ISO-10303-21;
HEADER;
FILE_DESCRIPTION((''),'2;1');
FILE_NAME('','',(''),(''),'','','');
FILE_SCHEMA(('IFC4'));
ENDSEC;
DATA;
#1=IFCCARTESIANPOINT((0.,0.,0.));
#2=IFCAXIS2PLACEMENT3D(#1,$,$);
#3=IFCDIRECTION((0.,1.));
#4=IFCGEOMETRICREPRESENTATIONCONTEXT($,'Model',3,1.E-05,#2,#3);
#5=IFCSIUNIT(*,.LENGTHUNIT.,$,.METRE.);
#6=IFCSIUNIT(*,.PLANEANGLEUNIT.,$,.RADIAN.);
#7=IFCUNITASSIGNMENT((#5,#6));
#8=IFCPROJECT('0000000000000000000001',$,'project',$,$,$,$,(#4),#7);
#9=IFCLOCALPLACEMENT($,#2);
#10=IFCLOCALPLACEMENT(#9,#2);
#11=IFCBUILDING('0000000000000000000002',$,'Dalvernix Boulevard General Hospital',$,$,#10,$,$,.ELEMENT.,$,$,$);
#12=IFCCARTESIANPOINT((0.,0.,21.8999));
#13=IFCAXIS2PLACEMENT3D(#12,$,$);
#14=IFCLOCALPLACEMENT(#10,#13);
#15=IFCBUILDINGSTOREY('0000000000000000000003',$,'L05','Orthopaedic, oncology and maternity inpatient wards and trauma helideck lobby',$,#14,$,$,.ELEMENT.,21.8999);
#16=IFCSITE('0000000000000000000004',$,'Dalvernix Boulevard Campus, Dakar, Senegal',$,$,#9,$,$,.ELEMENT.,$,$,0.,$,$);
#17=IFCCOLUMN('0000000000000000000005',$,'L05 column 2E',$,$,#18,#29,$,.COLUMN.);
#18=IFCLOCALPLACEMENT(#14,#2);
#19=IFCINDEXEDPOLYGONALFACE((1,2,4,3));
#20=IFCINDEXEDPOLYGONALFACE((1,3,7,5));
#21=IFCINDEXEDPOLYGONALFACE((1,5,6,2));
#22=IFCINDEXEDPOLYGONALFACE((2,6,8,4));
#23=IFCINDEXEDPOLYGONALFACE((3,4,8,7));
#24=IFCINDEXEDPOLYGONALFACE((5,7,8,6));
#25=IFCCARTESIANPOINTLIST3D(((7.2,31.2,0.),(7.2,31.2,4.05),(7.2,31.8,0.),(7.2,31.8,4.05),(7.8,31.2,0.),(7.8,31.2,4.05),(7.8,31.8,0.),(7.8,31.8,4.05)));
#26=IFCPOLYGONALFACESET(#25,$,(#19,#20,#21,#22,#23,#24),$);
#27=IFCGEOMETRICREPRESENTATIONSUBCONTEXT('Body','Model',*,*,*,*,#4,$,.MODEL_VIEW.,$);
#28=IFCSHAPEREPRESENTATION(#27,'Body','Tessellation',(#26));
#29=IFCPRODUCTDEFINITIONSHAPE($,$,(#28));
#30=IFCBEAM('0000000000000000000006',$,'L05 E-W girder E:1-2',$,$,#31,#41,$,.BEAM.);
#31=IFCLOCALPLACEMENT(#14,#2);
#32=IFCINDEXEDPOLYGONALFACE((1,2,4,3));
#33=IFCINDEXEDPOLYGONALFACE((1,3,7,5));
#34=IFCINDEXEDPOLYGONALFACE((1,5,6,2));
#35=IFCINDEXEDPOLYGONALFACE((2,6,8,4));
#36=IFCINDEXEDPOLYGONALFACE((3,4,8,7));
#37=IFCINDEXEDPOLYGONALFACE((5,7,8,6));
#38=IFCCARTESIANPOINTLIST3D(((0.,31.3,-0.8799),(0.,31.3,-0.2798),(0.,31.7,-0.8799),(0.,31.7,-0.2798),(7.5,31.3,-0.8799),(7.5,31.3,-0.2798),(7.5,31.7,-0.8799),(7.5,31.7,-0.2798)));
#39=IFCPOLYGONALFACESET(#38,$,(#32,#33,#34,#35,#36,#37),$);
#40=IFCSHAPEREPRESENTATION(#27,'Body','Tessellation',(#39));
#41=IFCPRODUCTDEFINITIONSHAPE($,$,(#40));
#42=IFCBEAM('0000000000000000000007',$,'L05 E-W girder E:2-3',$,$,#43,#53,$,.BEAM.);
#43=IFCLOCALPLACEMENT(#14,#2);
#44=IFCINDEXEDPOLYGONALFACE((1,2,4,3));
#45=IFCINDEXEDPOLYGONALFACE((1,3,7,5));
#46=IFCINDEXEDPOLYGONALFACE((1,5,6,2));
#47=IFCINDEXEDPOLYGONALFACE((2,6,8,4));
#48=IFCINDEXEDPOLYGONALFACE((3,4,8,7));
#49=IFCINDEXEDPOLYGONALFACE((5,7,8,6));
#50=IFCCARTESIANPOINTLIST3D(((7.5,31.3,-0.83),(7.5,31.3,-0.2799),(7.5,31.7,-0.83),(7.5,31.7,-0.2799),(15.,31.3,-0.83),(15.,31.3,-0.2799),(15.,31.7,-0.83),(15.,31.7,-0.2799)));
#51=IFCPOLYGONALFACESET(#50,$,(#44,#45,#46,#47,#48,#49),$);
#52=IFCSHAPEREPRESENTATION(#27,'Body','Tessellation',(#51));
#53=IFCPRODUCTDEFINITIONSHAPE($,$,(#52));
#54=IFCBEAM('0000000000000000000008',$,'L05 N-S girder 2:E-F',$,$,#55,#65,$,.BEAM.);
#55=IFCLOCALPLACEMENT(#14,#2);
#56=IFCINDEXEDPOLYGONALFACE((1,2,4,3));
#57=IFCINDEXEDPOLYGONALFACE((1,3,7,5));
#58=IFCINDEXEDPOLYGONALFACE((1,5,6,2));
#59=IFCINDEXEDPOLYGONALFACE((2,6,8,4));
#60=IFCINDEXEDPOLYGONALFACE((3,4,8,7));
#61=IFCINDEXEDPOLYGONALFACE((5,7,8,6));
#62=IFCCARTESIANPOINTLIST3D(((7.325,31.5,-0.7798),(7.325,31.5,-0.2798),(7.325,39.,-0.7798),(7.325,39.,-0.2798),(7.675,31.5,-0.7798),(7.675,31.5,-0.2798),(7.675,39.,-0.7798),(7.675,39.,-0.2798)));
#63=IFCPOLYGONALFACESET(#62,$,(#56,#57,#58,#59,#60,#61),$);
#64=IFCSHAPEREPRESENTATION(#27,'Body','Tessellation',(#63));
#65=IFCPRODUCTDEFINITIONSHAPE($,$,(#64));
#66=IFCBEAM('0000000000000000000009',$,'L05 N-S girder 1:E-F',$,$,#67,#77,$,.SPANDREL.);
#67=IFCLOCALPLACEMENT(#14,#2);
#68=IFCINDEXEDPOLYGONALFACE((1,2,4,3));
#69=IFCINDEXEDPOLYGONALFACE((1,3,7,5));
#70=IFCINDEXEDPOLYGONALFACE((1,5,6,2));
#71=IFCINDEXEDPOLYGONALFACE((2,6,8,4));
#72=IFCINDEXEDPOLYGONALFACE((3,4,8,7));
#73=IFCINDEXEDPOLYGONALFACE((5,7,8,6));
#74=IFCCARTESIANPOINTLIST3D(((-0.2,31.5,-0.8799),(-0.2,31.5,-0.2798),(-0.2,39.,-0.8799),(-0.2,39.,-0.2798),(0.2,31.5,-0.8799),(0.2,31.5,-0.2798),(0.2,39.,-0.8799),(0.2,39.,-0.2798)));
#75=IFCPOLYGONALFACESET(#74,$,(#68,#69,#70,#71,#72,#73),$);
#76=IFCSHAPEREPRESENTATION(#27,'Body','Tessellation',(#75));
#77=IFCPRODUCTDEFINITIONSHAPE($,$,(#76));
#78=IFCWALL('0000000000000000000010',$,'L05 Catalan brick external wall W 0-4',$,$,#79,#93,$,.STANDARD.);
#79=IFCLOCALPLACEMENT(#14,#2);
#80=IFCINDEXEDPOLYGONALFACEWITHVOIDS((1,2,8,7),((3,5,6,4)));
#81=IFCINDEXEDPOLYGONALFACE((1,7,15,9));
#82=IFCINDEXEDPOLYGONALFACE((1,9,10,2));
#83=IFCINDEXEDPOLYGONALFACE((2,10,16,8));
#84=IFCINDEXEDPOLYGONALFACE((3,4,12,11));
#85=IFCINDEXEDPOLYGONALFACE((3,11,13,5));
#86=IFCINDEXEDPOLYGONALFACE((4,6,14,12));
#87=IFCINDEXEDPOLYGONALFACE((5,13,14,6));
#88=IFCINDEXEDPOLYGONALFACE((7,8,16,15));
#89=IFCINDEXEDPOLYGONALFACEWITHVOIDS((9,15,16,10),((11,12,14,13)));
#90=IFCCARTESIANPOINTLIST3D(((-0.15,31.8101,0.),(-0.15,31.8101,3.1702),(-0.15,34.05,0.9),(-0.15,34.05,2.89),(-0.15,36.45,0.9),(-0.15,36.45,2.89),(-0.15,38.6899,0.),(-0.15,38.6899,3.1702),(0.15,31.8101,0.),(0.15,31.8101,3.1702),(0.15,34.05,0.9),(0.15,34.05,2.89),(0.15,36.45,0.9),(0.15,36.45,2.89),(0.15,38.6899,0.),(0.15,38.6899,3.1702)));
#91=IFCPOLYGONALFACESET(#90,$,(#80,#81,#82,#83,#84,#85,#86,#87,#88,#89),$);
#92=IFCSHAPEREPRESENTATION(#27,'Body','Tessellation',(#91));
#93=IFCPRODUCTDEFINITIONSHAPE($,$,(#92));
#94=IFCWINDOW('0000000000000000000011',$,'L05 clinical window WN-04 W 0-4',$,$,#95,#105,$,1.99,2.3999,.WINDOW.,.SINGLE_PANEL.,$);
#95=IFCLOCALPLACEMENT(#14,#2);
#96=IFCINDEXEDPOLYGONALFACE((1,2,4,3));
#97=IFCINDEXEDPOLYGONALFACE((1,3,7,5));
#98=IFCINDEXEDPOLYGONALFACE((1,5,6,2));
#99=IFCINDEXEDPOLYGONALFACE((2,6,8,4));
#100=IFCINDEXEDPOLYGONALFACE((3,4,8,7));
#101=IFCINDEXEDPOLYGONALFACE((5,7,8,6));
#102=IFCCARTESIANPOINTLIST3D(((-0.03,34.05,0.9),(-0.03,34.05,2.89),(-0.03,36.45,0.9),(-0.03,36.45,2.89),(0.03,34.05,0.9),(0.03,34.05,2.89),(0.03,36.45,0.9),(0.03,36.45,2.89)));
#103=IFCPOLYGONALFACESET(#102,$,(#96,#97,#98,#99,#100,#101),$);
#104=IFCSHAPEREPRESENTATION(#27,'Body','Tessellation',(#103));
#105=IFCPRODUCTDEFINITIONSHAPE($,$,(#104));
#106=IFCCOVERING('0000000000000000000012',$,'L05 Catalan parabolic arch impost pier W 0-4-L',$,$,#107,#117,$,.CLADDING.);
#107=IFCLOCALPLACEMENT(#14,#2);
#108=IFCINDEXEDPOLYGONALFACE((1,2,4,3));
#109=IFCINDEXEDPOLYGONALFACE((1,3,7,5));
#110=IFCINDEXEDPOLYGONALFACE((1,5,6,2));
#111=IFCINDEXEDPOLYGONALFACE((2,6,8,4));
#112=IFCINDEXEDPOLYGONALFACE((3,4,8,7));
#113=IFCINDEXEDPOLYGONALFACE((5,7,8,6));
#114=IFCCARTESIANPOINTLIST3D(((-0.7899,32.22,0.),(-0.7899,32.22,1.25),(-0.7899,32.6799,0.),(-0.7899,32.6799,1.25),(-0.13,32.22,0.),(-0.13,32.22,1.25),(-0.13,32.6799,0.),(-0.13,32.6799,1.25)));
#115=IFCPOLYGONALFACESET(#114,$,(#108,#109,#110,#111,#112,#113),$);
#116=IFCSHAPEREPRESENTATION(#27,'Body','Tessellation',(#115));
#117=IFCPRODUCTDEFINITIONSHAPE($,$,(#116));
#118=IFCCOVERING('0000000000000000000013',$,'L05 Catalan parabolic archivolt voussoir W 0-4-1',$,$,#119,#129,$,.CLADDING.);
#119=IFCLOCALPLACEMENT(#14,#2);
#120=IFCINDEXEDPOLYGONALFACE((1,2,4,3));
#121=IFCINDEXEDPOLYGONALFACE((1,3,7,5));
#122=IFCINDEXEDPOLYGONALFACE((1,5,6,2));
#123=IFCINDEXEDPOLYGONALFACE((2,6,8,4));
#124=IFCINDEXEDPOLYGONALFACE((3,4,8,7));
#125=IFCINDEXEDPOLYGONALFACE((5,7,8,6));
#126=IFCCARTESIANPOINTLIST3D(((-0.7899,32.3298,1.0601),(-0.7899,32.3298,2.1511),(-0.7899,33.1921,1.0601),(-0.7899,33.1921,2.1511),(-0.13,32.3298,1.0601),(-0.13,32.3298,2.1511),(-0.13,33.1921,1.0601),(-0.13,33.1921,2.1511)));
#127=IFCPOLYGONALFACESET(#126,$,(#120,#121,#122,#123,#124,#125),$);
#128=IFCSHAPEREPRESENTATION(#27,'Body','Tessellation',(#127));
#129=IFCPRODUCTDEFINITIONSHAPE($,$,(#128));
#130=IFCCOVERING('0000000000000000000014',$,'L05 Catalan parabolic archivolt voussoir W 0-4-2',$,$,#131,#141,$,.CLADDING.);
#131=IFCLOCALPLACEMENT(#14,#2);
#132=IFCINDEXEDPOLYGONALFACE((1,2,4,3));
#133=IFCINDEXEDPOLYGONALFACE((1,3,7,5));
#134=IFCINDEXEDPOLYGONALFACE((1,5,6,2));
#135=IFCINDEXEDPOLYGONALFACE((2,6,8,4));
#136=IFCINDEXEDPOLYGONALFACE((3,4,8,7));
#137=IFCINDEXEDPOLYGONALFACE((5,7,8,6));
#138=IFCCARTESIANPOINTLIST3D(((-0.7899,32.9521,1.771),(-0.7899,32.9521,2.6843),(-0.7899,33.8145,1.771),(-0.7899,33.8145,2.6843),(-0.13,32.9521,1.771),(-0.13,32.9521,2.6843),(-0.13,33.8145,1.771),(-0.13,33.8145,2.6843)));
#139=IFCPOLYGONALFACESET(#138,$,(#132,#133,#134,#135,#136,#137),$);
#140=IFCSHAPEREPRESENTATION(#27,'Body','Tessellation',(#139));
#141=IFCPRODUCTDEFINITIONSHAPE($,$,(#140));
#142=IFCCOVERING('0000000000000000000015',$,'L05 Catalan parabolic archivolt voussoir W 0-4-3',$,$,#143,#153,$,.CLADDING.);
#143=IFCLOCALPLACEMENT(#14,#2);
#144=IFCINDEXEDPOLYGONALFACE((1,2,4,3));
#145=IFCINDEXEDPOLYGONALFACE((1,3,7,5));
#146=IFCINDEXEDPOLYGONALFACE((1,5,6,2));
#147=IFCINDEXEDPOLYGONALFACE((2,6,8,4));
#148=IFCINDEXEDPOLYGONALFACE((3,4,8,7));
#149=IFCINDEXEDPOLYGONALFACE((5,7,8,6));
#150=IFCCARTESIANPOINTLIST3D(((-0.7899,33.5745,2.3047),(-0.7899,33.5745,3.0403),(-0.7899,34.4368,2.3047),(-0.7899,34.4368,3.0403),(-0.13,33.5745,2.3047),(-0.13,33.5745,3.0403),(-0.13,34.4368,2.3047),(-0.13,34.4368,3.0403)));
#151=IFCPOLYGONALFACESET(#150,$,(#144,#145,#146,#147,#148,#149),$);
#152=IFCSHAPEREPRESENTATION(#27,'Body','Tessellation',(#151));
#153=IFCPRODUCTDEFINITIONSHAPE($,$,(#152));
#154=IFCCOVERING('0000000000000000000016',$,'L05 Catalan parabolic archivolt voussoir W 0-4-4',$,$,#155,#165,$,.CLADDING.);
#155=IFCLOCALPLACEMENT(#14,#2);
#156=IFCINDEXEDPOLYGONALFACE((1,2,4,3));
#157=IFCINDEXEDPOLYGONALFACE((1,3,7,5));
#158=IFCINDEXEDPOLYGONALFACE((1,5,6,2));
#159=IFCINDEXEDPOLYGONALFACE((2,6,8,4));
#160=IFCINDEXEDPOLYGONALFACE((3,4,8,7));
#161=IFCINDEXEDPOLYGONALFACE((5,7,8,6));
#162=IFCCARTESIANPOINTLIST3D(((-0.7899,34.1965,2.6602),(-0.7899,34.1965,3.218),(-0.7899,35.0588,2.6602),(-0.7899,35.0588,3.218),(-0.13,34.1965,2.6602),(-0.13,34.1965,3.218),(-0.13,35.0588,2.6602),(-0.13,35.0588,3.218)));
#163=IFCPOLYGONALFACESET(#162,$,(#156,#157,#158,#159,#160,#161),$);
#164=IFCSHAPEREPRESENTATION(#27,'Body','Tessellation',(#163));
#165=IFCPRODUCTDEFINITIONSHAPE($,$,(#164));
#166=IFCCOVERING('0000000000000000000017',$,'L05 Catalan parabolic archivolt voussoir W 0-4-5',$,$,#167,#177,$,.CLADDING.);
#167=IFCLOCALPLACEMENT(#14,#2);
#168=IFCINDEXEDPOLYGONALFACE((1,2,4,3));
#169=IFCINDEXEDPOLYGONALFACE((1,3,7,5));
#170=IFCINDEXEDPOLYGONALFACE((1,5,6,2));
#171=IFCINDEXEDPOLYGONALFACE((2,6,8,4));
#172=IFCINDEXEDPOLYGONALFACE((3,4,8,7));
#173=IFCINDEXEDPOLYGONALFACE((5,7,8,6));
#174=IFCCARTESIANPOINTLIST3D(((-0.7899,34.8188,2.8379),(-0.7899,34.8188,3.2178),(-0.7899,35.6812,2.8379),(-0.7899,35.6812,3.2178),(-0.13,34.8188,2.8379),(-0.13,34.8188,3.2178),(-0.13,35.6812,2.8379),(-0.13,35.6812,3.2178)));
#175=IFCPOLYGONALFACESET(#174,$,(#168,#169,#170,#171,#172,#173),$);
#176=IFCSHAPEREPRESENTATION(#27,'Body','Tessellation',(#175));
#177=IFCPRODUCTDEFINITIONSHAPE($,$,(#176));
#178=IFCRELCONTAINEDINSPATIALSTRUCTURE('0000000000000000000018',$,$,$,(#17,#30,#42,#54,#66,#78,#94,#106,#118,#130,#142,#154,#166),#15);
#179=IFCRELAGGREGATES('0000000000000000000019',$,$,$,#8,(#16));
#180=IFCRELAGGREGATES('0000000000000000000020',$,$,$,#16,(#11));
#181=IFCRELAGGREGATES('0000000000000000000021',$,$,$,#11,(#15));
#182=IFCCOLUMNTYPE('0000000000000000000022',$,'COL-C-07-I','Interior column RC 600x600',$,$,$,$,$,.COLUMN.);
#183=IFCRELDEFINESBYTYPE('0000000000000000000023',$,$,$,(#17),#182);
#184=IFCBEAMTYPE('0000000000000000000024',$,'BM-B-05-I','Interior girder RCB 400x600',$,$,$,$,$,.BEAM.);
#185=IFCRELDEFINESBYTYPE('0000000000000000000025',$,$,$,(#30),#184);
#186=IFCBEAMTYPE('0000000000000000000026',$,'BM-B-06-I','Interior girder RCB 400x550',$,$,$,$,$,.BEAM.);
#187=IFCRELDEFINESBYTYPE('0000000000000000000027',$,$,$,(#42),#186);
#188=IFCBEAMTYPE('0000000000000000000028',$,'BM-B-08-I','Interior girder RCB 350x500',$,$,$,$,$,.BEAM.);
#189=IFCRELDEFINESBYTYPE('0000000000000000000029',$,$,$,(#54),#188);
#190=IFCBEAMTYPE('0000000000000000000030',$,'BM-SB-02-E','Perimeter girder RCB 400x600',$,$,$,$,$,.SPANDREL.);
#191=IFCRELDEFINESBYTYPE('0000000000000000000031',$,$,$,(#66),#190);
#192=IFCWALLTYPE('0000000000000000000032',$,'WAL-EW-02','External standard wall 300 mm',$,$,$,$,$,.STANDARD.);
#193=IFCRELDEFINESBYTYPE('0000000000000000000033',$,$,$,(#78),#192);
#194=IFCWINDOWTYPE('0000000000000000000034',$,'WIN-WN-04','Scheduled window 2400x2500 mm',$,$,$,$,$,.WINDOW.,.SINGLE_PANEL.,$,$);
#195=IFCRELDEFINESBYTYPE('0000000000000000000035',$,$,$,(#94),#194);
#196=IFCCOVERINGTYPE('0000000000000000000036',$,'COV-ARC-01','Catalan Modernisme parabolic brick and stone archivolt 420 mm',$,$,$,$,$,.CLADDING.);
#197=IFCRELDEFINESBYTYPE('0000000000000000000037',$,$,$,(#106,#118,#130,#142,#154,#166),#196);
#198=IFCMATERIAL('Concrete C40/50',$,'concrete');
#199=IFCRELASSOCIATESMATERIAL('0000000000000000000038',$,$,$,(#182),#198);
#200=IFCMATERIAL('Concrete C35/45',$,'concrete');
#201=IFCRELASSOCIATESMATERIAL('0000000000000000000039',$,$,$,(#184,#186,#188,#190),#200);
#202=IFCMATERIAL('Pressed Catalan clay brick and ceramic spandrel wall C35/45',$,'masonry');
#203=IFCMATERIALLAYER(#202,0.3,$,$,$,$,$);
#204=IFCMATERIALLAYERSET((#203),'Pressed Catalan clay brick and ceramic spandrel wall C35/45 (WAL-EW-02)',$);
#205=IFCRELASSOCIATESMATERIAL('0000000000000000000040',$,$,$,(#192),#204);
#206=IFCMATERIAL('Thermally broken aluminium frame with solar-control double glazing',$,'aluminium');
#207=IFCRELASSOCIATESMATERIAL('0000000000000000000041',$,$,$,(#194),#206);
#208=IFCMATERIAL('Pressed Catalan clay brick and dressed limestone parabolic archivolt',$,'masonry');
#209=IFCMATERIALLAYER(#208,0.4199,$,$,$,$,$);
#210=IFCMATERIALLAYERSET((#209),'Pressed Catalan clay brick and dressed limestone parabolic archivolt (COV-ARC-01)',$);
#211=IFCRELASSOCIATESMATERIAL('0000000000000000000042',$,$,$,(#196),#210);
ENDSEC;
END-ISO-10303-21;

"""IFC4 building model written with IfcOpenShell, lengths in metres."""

from ifc_helpers import new_model, si_unit, direction, frame, frame_2d, origin, origin_2d, place, context, subcontext, project, spatial, rectangle, extrude, material, layer, layer_set, material_profile, profile_set, type_object, element, fill, save


model = new_model("IFC4")

# Units and contexts
model_context = context("Model", 3, precision=1e-05, world=origin(), true_north=direction((0.0, 1.0)))
body_context = subcontext(model_context, "Body", "Model", "MODEL_VIEW")
ifc_project = project(units=[si_unit("LENGTHUNIT", "METRE"), si_unit("PLANEANGLEUNIT", "RADIAN")], contexts=[model_context])

# Site, building, storey
site_placement = place(None, origin())
site = spatial("IfcSite", under=ifc_project, at=site_placement, Name="Dalvernix Boulevard Campus, Dakar, Senegal", CompositionType="ELEMENT", RefElevation=0.0)
building_placement = place(site_placement, origin())
building = spatial("IfcBuilding", under=site, at=building_placement, Name="Dalvernix Boulevard General Hospital", CompositionType="ELEMENT")
storey_placement = place(building_placement, frame((0.0, 0.0, 21.8999)))
storey = spatial("IfcBuildingStorey", under=building, at=storey_placement, Name="L05", Description="Orthopaedic, oncology and maternity inpatient wards and trauma helideck lobby", CompositionType="ELEMENT", Elevation=21.8999)

# Column
ifc_material_1 = material(Name="Concrete C40/50", Category="concrete")
ifc_material_profile_1 = material_profile(ifc_material_1, rectangle(XDim=0.6001, YDim=0.6001, at=origin_2d()), Name="RC 600x600")
ifc_profile_set_1 = profile_set([ifc_material_profile_1], Name="Concrete C40/50")
column_type = type_object("IfcColumnType", Name="COL-C-07-I", Description="Interior column RC 600x600", PredefinedType="COLUMN", material=ifc_profile_set_1)
column_placement = place(storey_placement, frame((7.5, 31.5, 0.0), z_axis=(0.0, 0.0, 1.0), x_axis=(1.0, 0.0, 0.0)))
element("IfcColumn", 1, at=column_placement, inside=storey, type_object=column_type, Name="L05 column 2E", PredefinedType="COLUMN", context=body_context, shape_type="SweptSolid", body=[
    extrude(rectangle(XDim=0.6001, YDim=0.6001, at=origin_2d()), origin(), (0.0, 0.0, 1.0), 4.05),
])

# Beams
ifc_material_2 = material(Name="Concrete C35/45", Category="concrete")
ifc_material_profile_2 = material_profile(ifc_material_2, rectangle(XDim=0.3999, YDim=0.6001, at=origin_2d()), Name="RCB 400x600")
ifc_profile_set_2 = profile_set([ifc_material_profile_2], Name="Concrete C35/45")
beam_type_1 = type_object("IfcBeamType", Name="BM-B-05-I", Description="Interior girder RCB 400x600", PredefinedType="BEAM", material=ifc_profile_set_2)
beam_1_placement = place(storey_placement, frame((0.0, 31.5, -0.5798), z_axis=(1.0, 0.0, 0.0), x_axis=(0.0, 1.0, 0.0)))
element("IfcBeam", 2, at=beam_1_placement, inside=storey, type_object=beam_type_1, Name="L05 E-W girder E:1-2", PredefinedType="BEAM", context=body_context, shape_type="SweptSolid", body=[
    extrude(rectangle(XDim=0.3999, YDim=0.6001, at=origin_2d()), origin(), (0.0, 0.0, 1.0), 7.5),
])
ifc_material_profile_3 = material_profile(ifc_material_2, rectangle(XDim=0.3999, YDim=0.55, at=origin_2d()), Name="RCB 400x550")
ifc_profile_set_3 = profile_set([ifc_material_profile_3], Name="Concrete C35/45")
beam_type_2 = type_object("IfcBeamType", Name="BM-B-06-I", Description="Interior girder RCB 400x550", PredefinedType="BEAM", material=ifc_profile_set_3)
beam_2_placement = place(storey_placement, frame((7.5, 31.5, -0.5549), z_axis=(1.0, 0.0, 0.0), x_axis=(0.0, 1.0, 0.0)))
element("IfcBeam", 3, at=beam_2_placement, inside=storey, type_object=beam_type_2, Name="L05 E-W girder E:2-3", PredefinedType="BEAM", context=body_context, shape_type="SweptSolid", body=[
    extrude(rectangle(XDim=0.3999, YDim=0.55, at=origin_2d()), origin(), (0.0, 0.0, 1.0), 7.5),
])
ifc_material_profile_4 = material_profile(ifc_material_2, rectangle(XDim=0.3501, YDim=0.5, at=origin_2d()), Name="RCB 350x500")
ifc_profile_set_4 = profile_set([ifc_material_profile_4], Name="Concrete C35/45")
beam_type_3 = type_object("IfcBeamType", Name="BM-B-08-I", Description="Interior girder RCB 350x500", PredefinedType="BEAM", material=ifc_profile_set_4)
beam_3_placement = place(storey_placement, frame((7.5, 31.5, -0.5298), z_axis=(0.0, 1.0, 0.0), x_axis=(-1.0, 0.0, 0.0)))
element("IfcBeam", 4, at=beam_3_placement, inside=storey, type_object=beam_type_3, Name="L05 N-S girder 2:E-F", PredefinedType="BEAM", context=body_context, shape_type="SweptSolid", body=[
    extrude(rectangle(XDim=0.3501, YDim=0.5, at=origin_2d()), origin(), (0.0, 0.0, 1.0), 7.5),
])
ifc_material_profile_5 = material_profile(ifc_material_2, rectangle(XDim=0.3999, YDim=0.6001, at=origin_2d()), Name="RCB 400x600")
ifc_profile_set_5 = profile_set([ifc_material_profile_5], Name="Concrete C35/45")
beam_type_4 = type_object("IfcBeamType", Name="BM-SB-02-E", Description="Perimeter girder RCB 400x600", PredefinedType="SPANDREL", material=ifc_profile_set_5)
beam_4_placement = place(storey_placement, frame((0.0, 31.5, -0.5798), z_axis=(0.0, 1.0, 0.0), x_axis=(-1.0, 0.0, 0.0)))
element("IfcBeam", 5, at=beam_4_placement, inside=storey, type_object=beam_type_4, Name="L05 N-S girder 1:E-F", PredefinedType="SPANDREL", context=body_context, shape_type="SweptSolid", body=[
    extrude(rectangle(XDim=0.3999, YDim=0.6001, at=origin_2d()), origin(), (0.0, 0.0, 1.0), 7.5),
])

# Wall, opening, window
ifc_material_3 = material(Name="Pressed Catalan clay brick and ceramic spandrel wall C35/45", Category="masonry")
ifc_layer_1 = layer(ifc_material_3, 0.3)
ifc_layer_set_1 = layer_set([ifc_layer_1], Name="Pressed Catalan clay brick and ceramic spandrel wall C35/45 (WAL-EW-02)")
wall_type = type_object("IfcWallType", Name="WAL-EW-02", Description="External standard wall 300 mm", PredefinedType="STANDARD", material=ifc_layer_set_1)
wall_placement = place(storey_placement, frame((0.0, 31.8101, 0.0), z_axis=(0.0, 0.0, 1.0), x_axis=(0.0, 1.0, 0.0)))
wall = element("IfcWall", 6, at=wall_placement, inside=storey, type_object=wall_type, Name="L05 Catalan brick external wall W 0-4", PredefinedType="STANDARD", context=body_context, shape_type="SweptSolid", body=[
    extrude(rectangle(XDim=6.8799, YDim=0.3, at=frame_2d((3.4399, 0.0))), origin(), (0.0, 0.0, 1.0), 3.1702),
])
opening_placement = place(wall_placement, frame((2.24, 0.0, 0.8999)))
opening = element("IfcOpeningElement", 7, at=opening_placement, cuts=wall, PredefinedType="OPENING", context=body_context, shape_type="SweptSolid", body=[
    extrude(rectangle(XDim=2.3999, YDim=1.99, at=frame_2d((1.2, 0.9951))), frame((0.0, 0.1599, 0.0), z_axis=(0.0, -1.0, 0.0), x_axis=(1.0, 0.0, 0.0)), (0.0, 0.0, 1.0), 0.3201),
])
ifc_material_4 = material(Name="Thermally broken aluminium frame with solar-control double glazing", Category="aluminium")
window_type = type_object("IfcWindowType", Name="WIN-WN-04", Description="Scheduled window 2400x2500 mm", PartitioningType="SINGLE_PANEL", PredefinedType="WINDOW", material=ifc_material_4)
window_placement = place(opening_placement, origin())
window = element("IfcWindow", 8, at=window_placement, inside=storey, type_object=window_type, Name="L05 clinical window WN-04 W 0-4", OverallHeight=1.99, OverallWidth=2.3999, PartitioningType="SINGLE_PANEL", PredefinedType="WINDOW", context=body_context, shape_type="SweptSolid", body=[
    extrude(rectangle(XDim=2.3999, YDim=1.99, at=frame_2d((1.2, 0.9951))), frame((0.0, 0.03, 0.0), z_axis=(0.0, -1.0, 0.0), x_axis=(1.0, 0.0, 0.0)), (0.0, 0.0, 1.0), 0.0601),
])
fill(opening, window)

# Coverings
ifc_material_5 = material(Name="Pressed Catalan clay brick and dressed limestone parabolic archivolt", Category="masonry")
ifc_layer_2 = layer(ifc_material_5, 0.4199)
ifc_layer_set_2 = layer_set([ifc_layer_2], Name="Pressed Catalan clay brick and dressed limestone parabolic archivolt (COV-ARC-01)")
covering_type_1 = type_object("IfcCoveringType", Name="COV-ARC-01", Description="Catalan Modernisme parabolic brick and stone archivolt 420 mm", PredefinedType="CLADDING", material=ifc_layer_set_2)
covering_1_placement = place(storey_placement, frame((-0.46, 32.45, 0.0), z_axis=(0.0, 0.0, 1.0), x_axis=(0.0, 1.0, 0.0)))
element("IfcCovering", 9, at=covering_1_placement, inside=storey, type_object=covering_type_1, Name="L05 Catalan parabolic arch impost pier W 0-4-L", PredefinedType="CLADDING", context=body_context, shape_type="SweptSolid", body=[
    extrude(rectangle(XDim=0.46, YDim=0.6599, at=origin_2d()), origin(), (0.0, 0.0, 1.0), 1.25),
])
covering_2_placement = place(storey_placement, frame((-0.46, 32.761, 1.0601), z_axis=(0.0, 0.0, 1.0), x_axis=(0.0, 1.0, 0.0)))
element("IfcCovering", 10, at=covering_2_placement, inside=storey, type_object=covering_type_1, Name="L05 Catalan parabolic archivolt voussoir W 0-4-1", PredefinedType="CLADDING", context=body_context, shape_type="SweptSolid", body=[
    extrude(rectangle(XDim=0.8623, YDim=0.6599, at=origin_2d()), origin(), (0.0, 0.0, 1.0), 1.0911),
])
covering_3_placement = place(storey_placement, frame((-0.46, 33.3833, 1.771), z_axis=(0.0, 0.0, 1.0), x_axis=(0.0, 1.0, 0.0)))
element("IfcCovering", 11, at=covering_3_placement, inside=storey, type_object=covering_type_1, Name="L05 Catalan parabolic archivolt voussoir W 0-4-2", PredefinedType="CLADDING", context=body_context, shape_type="SweptSolid", body=[
    extrude(rectangle(XDim=0.8623, YDim=0.6599, at=origin_2d()), origin(), (0.0, 0.0, 1.0), 0.9133),
])
covering_4_placement = place(storey_placement, frame((-0.46, 34.0056, 2.3047), z_axis=(0.0, 0.0, 1.0), x_axis=(0.0, 1.0, 0.0)))
element("IfcCovering", 12, at=covering_4_placement, inside=storey, type_object=covering_type_1, Name="L05 Catalan parabolic archivolt voussoir W 0-4-3", PredefinedType="CLADDING", context=body_context, shape_type="SweptSolid", body=[
    extrude(rectangle(XDim=0.8623, YDim=0.6599, at=origin_2d()), origin(), (0.0, 0.0, 1.0), 0.7356),
])
covering_5_placement = place(storey_placement, frame((-0.46, 34.6277, 2.6602), z_axis=(0.0, 0.0, 1.0), x_axis=(0.0, 1.0, 0.0)))
element("IfcCovering", 13, at=covering_5_placement, inside=storey, type_object=covering_type_1, Name="L05 Catalan parabolic archivolt voussoir W 0-4-4", PredefinedType="CLADDING", context=body_context, shape_type="SweptSolid", body=[
    extrude(rectangle(XDim=0.8623, YDim=0.6599, at=origin_2d()), origin(), (0.0, 0.0, 1.0), 0.5579),
])
covering_6_placement = place(storey_placement, frame((-0.46, 35.25, 2.8379), z_axis=(0.0, 0.0, 1.0), x_axis=(0.0, 1.0, 0.0)))
element("IfcCovering", 14, at=covering_6_placement, inside=storey, type_object=covering_type_1, Name="L05 Catalan parabolic archivolt voussoir W 0-4-5", PredefinedType="CLADDING", context=body_context, shape_type="SweptSolid", body=[
    extrude(rectangle(XDim=0.8623, YDim=0.6599, at=origin_2d()), origin(), (0.0, 0.0, 1.0), 0.3799),
])

save(model, "model.ifc")
